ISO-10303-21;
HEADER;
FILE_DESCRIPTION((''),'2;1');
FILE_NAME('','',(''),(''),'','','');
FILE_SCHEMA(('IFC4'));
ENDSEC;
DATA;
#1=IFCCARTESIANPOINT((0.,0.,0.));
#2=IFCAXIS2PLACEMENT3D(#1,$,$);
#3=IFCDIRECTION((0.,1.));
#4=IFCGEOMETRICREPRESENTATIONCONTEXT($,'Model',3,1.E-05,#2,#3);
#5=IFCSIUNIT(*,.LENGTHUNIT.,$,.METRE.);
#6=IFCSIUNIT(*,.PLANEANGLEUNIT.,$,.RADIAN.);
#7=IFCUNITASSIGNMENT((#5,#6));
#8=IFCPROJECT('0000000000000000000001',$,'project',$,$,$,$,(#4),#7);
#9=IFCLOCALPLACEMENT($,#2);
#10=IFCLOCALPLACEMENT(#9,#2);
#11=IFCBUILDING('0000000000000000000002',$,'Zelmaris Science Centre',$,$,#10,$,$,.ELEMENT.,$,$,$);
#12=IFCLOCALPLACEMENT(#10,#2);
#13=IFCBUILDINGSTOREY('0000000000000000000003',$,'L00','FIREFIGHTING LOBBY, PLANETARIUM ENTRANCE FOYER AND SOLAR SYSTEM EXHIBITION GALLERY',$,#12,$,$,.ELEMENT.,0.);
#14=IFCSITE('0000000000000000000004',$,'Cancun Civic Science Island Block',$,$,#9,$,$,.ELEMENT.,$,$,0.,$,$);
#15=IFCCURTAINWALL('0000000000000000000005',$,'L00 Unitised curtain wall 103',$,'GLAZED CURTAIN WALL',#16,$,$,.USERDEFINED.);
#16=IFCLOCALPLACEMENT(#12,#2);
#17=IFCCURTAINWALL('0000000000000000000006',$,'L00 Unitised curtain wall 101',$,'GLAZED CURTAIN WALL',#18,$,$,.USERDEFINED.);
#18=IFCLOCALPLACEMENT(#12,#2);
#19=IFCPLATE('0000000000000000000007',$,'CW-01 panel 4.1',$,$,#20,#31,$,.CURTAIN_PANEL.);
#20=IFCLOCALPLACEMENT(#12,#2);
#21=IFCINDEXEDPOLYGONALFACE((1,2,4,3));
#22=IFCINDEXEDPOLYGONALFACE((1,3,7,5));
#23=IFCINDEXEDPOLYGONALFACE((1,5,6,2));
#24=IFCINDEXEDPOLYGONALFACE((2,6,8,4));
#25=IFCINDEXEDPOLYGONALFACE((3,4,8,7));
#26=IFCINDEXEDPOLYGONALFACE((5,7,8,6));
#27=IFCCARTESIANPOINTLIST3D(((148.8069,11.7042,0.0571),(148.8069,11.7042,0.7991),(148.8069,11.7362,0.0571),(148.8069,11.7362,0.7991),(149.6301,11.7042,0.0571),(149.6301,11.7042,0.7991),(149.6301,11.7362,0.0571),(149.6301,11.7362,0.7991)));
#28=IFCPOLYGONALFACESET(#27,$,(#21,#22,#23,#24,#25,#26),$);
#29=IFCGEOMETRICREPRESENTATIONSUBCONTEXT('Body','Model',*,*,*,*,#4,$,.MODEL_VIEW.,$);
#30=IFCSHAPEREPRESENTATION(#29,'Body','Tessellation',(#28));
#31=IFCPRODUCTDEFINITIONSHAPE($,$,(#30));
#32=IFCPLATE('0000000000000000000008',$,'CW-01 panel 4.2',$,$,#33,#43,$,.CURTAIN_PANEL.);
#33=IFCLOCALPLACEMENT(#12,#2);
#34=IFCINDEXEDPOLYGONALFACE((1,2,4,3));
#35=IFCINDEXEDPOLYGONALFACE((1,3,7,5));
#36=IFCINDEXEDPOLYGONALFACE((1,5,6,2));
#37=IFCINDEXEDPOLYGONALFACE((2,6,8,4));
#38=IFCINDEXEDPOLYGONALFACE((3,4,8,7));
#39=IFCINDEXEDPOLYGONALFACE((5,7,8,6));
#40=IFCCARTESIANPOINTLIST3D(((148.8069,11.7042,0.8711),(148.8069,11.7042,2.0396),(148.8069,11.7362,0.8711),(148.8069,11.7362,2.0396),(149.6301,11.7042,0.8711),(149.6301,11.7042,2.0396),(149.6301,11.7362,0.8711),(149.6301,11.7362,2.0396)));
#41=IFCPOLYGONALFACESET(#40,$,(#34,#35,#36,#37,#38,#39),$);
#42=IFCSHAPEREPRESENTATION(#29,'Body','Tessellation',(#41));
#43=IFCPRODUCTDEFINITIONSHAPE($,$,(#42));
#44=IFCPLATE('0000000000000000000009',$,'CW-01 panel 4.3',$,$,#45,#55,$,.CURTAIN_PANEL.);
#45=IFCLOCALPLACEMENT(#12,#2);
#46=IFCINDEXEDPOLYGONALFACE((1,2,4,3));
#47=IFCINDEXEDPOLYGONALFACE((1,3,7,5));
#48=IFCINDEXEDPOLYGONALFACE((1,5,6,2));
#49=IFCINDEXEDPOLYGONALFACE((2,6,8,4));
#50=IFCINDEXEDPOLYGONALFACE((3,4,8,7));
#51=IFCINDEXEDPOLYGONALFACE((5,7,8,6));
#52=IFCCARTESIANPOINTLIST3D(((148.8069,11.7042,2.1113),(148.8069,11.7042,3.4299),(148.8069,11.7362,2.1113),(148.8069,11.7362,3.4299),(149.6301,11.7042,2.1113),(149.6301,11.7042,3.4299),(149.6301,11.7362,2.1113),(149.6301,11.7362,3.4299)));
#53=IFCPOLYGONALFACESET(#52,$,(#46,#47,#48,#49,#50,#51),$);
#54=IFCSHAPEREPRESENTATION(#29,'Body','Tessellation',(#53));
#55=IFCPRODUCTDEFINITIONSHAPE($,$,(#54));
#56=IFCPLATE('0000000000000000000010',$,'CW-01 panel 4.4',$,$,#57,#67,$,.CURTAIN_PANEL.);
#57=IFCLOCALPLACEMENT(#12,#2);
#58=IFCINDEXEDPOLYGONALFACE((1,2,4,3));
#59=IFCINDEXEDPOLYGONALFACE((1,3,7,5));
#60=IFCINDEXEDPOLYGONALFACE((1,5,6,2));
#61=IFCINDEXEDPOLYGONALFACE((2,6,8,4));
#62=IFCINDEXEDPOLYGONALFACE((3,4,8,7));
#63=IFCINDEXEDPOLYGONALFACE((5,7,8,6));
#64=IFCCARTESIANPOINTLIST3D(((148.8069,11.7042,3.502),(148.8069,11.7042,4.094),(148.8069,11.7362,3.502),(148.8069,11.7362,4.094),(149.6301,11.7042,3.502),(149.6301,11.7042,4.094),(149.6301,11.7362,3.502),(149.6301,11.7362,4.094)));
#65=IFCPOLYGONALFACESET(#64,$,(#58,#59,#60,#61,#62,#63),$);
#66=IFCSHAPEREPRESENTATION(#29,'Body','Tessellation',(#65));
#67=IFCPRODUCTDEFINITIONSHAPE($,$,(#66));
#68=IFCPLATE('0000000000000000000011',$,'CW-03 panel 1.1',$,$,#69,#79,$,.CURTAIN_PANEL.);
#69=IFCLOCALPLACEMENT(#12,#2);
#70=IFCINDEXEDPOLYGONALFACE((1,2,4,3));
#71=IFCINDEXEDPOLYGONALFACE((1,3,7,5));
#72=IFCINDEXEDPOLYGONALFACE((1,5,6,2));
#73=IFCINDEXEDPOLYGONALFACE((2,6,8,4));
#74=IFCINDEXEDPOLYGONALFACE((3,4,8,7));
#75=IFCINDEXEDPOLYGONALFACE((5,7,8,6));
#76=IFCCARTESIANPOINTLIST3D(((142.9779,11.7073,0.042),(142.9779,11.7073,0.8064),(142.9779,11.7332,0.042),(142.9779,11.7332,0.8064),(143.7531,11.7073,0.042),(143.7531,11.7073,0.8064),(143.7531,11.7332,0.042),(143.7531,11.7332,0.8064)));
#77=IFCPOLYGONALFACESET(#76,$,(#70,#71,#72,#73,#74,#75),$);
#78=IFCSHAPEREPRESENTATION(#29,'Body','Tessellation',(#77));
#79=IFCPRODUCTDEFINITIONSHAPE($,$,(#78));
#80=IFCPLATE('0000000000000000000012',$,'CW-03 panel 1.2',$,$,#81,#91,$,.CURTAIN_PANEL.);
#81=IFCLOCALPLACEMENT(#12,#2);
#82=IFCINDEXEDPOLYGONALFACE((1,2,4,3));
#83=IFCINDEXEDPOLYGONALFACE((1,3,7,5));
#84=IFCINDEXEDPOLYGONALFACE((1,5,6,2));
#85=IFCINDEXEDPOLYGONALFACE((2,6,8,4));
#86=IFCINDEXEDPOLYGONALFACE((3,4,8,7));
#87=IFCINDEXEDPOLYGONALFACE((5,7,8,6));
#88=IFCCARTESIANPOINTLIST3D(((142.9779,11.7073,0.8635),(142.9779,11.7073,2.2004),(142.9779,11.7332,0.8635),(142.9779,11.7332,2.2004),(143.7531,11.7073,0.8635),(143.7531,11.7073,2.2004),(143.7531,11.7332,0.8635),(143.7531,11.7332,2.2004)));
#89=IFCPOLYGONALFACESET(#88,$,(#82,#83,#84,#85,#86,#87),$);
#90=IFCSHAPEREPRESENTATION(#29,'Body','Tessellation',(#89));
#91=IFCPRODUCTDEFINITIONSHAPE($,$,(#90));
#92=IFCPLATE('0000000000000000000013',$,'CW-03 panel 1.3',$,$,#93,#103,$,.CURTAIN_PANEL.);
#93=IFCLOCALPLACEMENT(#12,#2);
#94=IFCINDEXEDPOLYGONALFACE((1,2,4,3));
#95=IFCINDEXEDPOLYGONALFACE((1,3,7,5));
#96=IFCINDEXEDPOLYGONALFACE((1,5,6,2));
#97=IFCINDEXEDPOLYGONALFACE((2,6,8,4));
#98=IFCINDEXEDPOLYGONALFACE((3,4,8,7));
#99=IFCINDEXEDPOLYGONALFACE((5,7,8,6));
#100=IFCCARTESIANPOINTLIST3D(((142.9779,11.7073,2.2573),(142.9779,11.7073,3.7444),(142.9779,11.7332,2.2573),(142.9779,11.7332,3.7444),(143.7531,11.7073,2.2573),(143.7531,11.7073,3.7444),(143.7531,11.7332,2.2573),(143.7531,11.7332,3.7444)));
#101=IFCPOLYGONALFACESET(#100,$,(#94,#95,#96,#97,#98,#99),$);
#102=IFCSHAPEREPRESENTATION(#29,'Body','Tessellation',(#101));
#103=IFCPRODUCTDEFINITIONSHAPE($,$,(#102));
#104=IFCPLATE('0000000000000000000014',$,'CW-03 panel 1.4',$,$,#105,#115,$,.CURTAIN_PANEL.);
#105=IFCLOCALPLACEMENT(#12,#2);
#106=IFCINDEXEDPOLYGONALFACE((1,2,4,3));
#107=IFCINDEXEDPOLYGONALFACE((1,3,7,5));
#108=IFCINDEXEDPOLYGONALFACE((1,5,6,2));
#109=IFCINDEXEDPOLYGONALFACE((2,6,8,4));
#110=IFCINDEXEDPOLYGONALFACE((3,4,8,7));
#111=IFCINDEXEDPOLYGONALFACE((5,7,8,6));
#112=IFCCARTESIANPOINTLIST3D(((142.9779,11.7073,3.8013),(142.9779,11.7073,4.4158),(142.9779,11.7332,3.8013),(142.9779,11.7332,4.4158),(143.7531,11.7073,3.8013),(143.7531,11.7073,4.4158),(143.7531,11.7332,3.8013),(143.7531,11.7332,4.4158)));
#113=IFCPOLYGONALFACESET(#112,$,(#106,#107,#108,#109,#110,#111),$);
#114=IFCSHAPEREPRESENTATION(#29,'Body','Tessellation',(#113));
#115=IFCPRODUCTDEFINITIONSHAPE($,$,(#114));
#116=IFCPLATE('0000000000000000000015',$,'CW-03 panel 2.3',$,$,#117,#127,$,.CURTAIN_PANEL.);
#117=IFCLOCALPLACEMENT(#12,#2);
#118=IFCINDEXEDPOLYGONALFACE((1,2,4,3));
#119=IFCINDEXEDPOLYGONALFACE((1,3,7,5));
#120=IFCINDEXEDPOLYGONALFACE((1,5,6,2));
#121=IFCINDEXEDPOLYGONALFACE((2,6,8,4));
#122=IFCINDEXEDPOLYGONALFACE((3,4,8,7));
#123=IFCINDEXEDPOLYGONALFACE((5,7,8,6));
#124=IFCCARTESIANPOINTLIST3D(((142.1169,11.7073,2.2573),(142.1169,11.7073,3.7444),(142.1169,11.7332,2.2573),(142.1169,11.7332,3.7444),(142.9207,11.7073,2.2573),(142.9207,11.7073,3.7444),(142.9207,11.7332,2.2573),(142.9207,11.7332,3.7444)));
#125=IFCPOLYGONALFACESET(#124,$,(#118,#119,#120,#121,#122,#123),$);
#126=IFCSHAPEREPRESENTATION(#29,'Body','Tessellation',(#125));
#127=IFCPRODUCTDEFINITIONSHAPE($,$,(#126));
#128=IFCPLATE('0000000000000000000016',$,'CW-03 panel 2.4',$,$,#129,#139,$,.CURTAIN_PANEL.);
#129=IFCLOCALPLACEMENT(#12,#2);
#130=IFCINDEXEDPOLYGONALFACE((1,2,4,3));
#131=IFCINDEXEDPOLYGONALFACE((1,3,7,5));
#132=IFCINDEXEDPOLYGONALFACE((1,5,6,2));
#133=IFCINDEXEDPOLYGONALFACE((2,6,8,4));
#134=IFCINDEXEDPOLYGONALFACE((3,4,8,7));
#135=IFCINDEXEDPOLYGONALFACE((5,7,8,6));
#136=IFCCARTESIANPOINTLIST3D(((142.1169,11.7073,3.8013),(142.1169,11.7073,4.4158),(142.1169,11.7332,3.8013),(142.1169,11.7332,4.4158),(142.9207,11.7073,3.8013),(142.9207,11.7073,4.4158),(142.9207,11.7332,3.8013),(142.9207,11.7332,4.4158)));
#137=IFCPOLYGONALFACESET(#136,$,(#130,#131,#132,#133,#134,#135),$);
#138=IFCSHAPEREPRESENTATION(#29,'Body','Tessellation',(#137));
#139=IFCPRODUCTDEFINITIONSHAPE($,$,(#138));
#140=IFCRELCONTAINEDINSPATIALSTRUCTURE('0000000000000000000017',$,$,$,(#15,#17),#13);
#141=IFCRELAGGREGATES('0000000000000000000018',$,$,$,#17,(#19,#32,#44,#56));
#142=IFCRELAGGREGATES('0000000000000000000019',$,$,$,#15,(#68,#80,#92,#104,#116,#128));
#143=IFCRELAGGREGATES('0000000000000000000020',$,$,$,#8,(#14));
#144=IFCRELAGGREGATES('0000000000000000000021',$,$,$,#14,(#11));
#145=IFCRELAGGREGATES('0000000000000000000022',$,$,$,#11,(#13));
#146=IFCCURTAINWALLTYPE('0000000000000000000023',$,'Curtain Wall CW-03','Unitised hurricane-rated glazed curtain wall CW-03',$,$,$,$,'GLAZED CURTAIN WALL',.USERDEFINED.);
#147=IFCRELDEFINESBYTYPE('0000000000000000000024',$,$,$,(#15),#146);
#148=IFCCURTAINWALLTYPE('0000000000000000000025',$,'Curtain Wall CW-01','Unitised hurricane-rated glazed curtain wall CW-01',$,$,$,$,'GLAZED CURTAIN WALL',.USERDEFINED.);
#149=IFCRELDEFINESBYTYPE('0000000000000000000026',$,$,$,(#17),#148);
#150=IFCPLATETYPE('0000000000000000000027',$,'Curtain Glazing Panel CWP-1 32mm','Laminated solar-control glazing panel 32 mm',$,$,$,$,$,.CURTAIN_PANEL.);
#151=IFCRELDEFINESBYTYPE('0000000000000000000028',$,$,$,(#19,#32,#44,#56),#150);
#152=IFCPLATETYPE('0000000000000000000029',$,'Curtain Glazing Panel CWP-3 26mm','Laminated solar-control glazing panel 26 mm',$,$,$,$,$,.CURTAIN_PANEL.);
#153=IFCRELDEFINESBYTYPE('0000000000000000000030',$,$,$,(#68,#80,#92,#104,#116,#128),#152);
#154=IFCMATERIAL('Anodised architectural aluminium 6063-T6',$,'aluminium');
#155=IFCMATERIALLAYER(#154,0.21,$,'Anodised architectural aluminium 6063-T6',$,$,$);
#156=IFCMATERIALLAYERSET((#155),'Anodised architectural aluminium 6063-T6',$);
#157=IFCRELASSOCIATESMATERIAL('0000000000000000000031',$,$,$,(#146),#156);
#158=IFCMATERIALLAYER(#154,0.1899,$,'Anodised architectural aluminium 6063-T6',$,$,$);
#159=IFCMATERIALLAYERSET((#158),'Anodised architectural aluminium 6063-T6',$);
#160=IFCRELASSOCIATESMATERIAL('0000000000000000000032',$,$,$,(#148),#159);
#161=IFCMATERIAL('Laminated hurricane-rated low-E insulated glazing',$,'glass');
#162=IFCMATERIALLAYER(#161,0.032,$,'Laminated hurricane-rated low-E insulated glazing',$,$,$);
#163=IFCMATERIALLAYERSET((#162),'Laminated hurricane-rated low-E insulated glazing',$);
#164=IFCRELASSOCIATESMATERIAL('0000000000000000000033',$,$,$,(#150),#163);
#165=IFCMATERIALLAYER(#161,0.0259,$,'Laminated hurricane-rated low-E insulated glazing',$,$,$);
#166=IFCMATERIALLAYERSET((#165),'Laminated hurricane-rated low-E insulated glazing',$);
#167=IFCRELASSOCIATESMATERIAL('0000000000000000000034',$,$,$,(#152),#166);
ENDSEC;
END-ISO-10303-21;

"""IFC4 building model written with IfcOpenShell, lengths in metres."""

from ifc_helpers import new_model, si_unit, direction, frame, origin, origin_2d, place, context, subcontext, project, spatial, rectangle, extrude, material, layer, layer_set, type_object, element, aggregate, save


model = new_model("IFC4")

# Units and contexts
model_context = context("Model", 3, precision=1e-05, world=origin(), true_north=direction((0.0, 1.0)))
body_context = subcontext(model_context, "Body", "Model", "MODEL_VIEW")
ifc_project = project(units=[si_unit("LENGTHUNIT", "METRE"), si_unit("PLANEANGLEUNIT", "RADIAN")], contexts=[model_context])

# Site, building, storey
site_placement = place(None, origin())
site = spatial("IfcSite", under=ifc_project, at=site_placement, Name="Cancun Civic Science Island Block", CompositionType="ELEMENT", RefElevation=0.0)
building_placement = place(site_placement, origin())
building = spatial("IfcBuilding", under=site, at=building_placement, Name="Zelmaris Science Centre", CompositionType="ELEMENT")
storey_placement = place(building_placement, origin())
storey = spatial("IfcBuildingStorey", under=building, at=storey_placement, Name="L00", Description="FIREFIGHTING LOBBY, PLANETARIUM ENTRANCE FOYER AND SOLAR SYSTEM EXHIBITION GALLERY", CompositionType="ELEMENT", Elevation=0.0)

# Curtain walls
ifc_material_1 = material(Name="Anodised architectural aluminium 6063-T6", Category="aluminium")
ifc_layer_1 = layer(ifc_material_1, 0.21, Name="Anodised architectural aluminium 6063-T6")
ifc_layer_set_1 = layer_set([ifc_layer_1], Name="Anodised architectural aluminium 6063-T6")
curtain_wall_type_1 = type_object("IfcCurtainWallType", Name="Curtain Wall CW-03", Description="Unitised hurricane-rated glazed curtain wall CW-03", ElementType="GLAZED CURTAIN WALL", PredefinedType="USERDEFINED", material=ifc_layer_set_1)
curtain_wall_1_placement = place(storey_placement, origin())
curtain_wall_1 = element("IfcCurtainWall", 1, at=curtain_wall_1_placement, inside=storey, type_object=curtain_wall_type_1, Name="L00 Unitised curtain wall 103", ObjectType="GLAZED CURTAIN WALL", PredefinedType="USERDEFINED")
ifc_layer_2 = layer(ifc_material_1, 0.1899, Name="Anodised architectural aluminium 6063-T6")
ifc_layer_set_2 = layer_set([ifc_layer_2], Name="Anodised architectural aluminium 6063-T6")
curtain_wall_type_2 = type_object("IfcCurtainWallType", Name="Curtain Wall CW-01", Description="Unitised hurricane-rated glazed curtain wall CW-01", ElementType="GLAZED CURTAIN WALL", PredefinedType="USERDEFINED", material=ifc_layer_set_2)
curtain_wall_2_placement = place(storey_placement, origin())
curtain_wall_2 = element("IfcCurtainWall", 2, at=curtain_wall_2_placement, inside=storey, type_object=curtain_wall_type_2, Name="L00 Unitised curtain wall 101", ObjectType="GLAZED CURTAIN WALL", PredefinedType="USERDEFINED")

# Plates
ifc_material_2 = material(Name="Laminated hurricane-rated low-E insulated glazing", Category="glass")
ifc_layer_3 = layer(ifc_material_2, 0.032, Name="Laminated hurricane-rated low-E insulated glazing")
ifc_layer_set_3 = layer_set([ifc_layer_3], Name="Laminated hurricane-rated low-E insulated glazing")
plate_type_1 = type_object("IfcPlateType", Name="Curtain Glazing Panel CWP-1 32mm", Description="Laminated solar-control glazing panel 32 mm", PredefinedType="CURTAIN_PANEL", material=ifc_layer_set_3)
plate_1_placement = place(storey_placement, frame((149.2185, 11.7202, 0.0571), z_axis=(0.0, 0.0, 1.0), x_axis=(-1.0, 0.0, 0.0)))
plate_1 = element("IfcPlate", 3, at=plate_1_placement, type_object=plate_type_1, Name="CW-01 panel 4.1", PredefinedType="CURTAIN_PANEL", context=body_context, shape_type="SweptSolid", body=[
    extrude(rectangle(XDim=0.8232, YDim=0.032, at=origin_2d()), origin(), (0.0, 0.0, 1.0), 0.7419),
])
plate_2_placement = place(storey_placement, frame((149.2185, 11.7202, 0.8711), z_axis=(0.0, 0.0, 1.0), x_axis=(-1.0, 0.0, 0.0)))
plate_2 = element("IfcPlate", 4, at=plate_2_placement, type_object=plate_type_1, Name="CW-01 panel 4.2", PredefinedType="CURTAIN_PANEL", context=body_context, shape_type="SweptSolid", body=[
    extrude(rectangle(XDim=0.8232, YDim=0.032, at=origin_2d()), origin(), (0.0, 0.0, 1.0), 1.1685),
])
plate_3_placement = place(storey_placement, frame((149.2185, 11.7202, 2.1113), z_axis=(0.0, 0.0, 1.0), x_axis=(-1.0, 0.0, 0.0)))
plate_3 = element("IfcPlate", 5, at=plate_3_placement, type_object=plate_type_1, Name="CW-01 panel 4.3", PredefinedType="CURTAIN_PANEL", context=body_context, shape_type="SweptSolid", body=[
    extrude(rectangle(XDim=0.8232, YDim=0.032, at=origin_2d()), origin(), (0.0, 0.0, 1.0), 1.3186),
])
plate_4_placement = place(storey_placement, frame((149.2185, 11.7202, 3.502), z_axis=(0.0, 0.0, 1.0), x_axis=(-1.0, 0.0, 0.0)))
plate_4 = element("IfcPlate", 6, at=plate_4_placement, type_object=plate_type_1, Name="CW-01 panel 4.4", PredefinedType="CURTAIN_PANEL", context=body_context, shape_type="SweptSolid", body=[
    extrude(rectangle(XDim=0.8232, YDim=0.032, at=origin_2d()), origin(), (0.0, 0.0, 1.0), 0.592),
])
aggregate(curtain_wall_2, [plate_1, plate_2, plate_3, plate_4])
ifc_layer_4 = layer(ifc_material_2, 0.0259, Name="Laminated hurricane-rated low-E insulated glazing")
ifc_layer_set_4 = layer_set([ifc_layer_4], Name="Laminated hurricane-rated low-E insulated glazing")
plate_type_2 = type_object("IfcPlateType", Name="Curtain Glazing Panel CWP-3 26mm", Description="Laminated solar-control glazing panel 26 mm", PredefinedType="CURTAIN_PANEL", material=ifc_layer_set_4)
plate_5_placement = place(storey_placement, frame((143.3655, 11.7202, 0.042), z_axis=(0.0, 0.0, 1.0), x_axis=(-1.0, 0.0, 0.0)))
plate_5 = element("IfcPlate", 7, at=plate_5_placement, type_object=plate_type_2, Name="CW-03 panel 1.1", PredefinedType="CURTAIN_PANEL", context=body_context, shape_type="SweptSolid", body=[
    extrude(rectangle(XDim=0.7751, YDim=0.0259, at=origin_2d()), origin(), (0.0, 0.0, 1.0), 0.7644),
])
plate_6_placement = place(storey_placement, frame((143.3655, 11.7202, 0.8635), z_axis=(0.0, 0.0, 1.0), x_axis=(-1.0, 0.0, 0.0)))
plate_6 = element("IfcPlate", 8, at=plate_6_placement, type_object=plate_type_2, Name="CW-03 panel 1.2", PredefinedType="CURTAIN_PANEL", context=body_context, shape_type="SweptSolid", body=[
    extrude(rectangle(XDim=0.7751, YDim=0.0259, at=origin_2d()), origin(), (0.0, 0.0, 1.0), 1.3369),
])
plate_7_placement = place(storey_placement, frame((143.3655, 11.7202, 2.2573), z_axis=(0.0, 0.0, 1.0), x_axis=(-1.0, 0.0, 0.0)))
plate_7 = element("IfcPlate", 9, at=plate_7_placement, type_object=plate_type_2, Name="CW-03 panel 1.3", PredefinedType="CURTAIN_PANEL", context=body_context, shape_type="SweptSolid", body=[
    extrude(rectangle(XDim=0.7751, YDim=0.0259, at=origin_2d()), origin(), (0.0, 0.0, 1.0), 1.4871),
])
plate_8_placement = place(storey_placement, frame((143.3655, 11.7202, 3.8013), z_axis=(0.0, 0.0, 1.0), x_axis=(-1.0, 0.0, 0.0)))
plate_8 = element("IfcPlate", 10, at=plate_8_placement, type_object=plate_type_2, Name="CW-03 panel 1.4", PredefinedType="CURTAIN_PANEL", context=body_context, shape_type="SweptSolid", body=[
    extrude(rectangle(XDim=0.7751, YDim=0.0259, at=origin_2d()), origin(), (0.0, 0.0, 1.0), 0.6145),
])
plate_9_placement = place(storey_placement, frame((142.5188, 11.7202, 2.2573), z_axis=(0.0, 0.0, 1.0), x_axis=(-1.0, 0.0, 0.0)))
plate_9 = element("IfcPlate", 11, at=plate_9_placement, type_object=plate_type_2, Name="CW-03 panel 2.3", PredefinedType="CURTAIN_PANEL", context=body_context, shape_type="SweptSolid", body=[
    extrude(rectangle(XDim=0.8037, YDim=0.0259, at=origin_2d()), origin(), (0.0, 0.0, 1.0), 1.4871),
])
plate_10_placement = place(storey_placement, frame((142.5188, 11.7202, 3.8013), z_axis=(0.0, 0.0, 1.0), x_axis=(-1.0, 0.0, 0.0)))
plate_10 = element("IfcPlate", 12, at=plate_10_placement, type_object=plate_type_2, Name="CW-03 panel 2.4", PredefinedType="CURTAIN_PANEL", context=body_context, shape_type="SweptSolid", body=[
    extrude(rectangle(XDim=0.8037, YDim=0.0259, at=origin_2d()), origin(), (0.0, 0.0, 1.0), 0.6145),
])
aggregate(curtain_wall_1, [plate_5, plate_6, plate_7, plate_8, plate_9, plate_10])

save(model, "model.ifc")
